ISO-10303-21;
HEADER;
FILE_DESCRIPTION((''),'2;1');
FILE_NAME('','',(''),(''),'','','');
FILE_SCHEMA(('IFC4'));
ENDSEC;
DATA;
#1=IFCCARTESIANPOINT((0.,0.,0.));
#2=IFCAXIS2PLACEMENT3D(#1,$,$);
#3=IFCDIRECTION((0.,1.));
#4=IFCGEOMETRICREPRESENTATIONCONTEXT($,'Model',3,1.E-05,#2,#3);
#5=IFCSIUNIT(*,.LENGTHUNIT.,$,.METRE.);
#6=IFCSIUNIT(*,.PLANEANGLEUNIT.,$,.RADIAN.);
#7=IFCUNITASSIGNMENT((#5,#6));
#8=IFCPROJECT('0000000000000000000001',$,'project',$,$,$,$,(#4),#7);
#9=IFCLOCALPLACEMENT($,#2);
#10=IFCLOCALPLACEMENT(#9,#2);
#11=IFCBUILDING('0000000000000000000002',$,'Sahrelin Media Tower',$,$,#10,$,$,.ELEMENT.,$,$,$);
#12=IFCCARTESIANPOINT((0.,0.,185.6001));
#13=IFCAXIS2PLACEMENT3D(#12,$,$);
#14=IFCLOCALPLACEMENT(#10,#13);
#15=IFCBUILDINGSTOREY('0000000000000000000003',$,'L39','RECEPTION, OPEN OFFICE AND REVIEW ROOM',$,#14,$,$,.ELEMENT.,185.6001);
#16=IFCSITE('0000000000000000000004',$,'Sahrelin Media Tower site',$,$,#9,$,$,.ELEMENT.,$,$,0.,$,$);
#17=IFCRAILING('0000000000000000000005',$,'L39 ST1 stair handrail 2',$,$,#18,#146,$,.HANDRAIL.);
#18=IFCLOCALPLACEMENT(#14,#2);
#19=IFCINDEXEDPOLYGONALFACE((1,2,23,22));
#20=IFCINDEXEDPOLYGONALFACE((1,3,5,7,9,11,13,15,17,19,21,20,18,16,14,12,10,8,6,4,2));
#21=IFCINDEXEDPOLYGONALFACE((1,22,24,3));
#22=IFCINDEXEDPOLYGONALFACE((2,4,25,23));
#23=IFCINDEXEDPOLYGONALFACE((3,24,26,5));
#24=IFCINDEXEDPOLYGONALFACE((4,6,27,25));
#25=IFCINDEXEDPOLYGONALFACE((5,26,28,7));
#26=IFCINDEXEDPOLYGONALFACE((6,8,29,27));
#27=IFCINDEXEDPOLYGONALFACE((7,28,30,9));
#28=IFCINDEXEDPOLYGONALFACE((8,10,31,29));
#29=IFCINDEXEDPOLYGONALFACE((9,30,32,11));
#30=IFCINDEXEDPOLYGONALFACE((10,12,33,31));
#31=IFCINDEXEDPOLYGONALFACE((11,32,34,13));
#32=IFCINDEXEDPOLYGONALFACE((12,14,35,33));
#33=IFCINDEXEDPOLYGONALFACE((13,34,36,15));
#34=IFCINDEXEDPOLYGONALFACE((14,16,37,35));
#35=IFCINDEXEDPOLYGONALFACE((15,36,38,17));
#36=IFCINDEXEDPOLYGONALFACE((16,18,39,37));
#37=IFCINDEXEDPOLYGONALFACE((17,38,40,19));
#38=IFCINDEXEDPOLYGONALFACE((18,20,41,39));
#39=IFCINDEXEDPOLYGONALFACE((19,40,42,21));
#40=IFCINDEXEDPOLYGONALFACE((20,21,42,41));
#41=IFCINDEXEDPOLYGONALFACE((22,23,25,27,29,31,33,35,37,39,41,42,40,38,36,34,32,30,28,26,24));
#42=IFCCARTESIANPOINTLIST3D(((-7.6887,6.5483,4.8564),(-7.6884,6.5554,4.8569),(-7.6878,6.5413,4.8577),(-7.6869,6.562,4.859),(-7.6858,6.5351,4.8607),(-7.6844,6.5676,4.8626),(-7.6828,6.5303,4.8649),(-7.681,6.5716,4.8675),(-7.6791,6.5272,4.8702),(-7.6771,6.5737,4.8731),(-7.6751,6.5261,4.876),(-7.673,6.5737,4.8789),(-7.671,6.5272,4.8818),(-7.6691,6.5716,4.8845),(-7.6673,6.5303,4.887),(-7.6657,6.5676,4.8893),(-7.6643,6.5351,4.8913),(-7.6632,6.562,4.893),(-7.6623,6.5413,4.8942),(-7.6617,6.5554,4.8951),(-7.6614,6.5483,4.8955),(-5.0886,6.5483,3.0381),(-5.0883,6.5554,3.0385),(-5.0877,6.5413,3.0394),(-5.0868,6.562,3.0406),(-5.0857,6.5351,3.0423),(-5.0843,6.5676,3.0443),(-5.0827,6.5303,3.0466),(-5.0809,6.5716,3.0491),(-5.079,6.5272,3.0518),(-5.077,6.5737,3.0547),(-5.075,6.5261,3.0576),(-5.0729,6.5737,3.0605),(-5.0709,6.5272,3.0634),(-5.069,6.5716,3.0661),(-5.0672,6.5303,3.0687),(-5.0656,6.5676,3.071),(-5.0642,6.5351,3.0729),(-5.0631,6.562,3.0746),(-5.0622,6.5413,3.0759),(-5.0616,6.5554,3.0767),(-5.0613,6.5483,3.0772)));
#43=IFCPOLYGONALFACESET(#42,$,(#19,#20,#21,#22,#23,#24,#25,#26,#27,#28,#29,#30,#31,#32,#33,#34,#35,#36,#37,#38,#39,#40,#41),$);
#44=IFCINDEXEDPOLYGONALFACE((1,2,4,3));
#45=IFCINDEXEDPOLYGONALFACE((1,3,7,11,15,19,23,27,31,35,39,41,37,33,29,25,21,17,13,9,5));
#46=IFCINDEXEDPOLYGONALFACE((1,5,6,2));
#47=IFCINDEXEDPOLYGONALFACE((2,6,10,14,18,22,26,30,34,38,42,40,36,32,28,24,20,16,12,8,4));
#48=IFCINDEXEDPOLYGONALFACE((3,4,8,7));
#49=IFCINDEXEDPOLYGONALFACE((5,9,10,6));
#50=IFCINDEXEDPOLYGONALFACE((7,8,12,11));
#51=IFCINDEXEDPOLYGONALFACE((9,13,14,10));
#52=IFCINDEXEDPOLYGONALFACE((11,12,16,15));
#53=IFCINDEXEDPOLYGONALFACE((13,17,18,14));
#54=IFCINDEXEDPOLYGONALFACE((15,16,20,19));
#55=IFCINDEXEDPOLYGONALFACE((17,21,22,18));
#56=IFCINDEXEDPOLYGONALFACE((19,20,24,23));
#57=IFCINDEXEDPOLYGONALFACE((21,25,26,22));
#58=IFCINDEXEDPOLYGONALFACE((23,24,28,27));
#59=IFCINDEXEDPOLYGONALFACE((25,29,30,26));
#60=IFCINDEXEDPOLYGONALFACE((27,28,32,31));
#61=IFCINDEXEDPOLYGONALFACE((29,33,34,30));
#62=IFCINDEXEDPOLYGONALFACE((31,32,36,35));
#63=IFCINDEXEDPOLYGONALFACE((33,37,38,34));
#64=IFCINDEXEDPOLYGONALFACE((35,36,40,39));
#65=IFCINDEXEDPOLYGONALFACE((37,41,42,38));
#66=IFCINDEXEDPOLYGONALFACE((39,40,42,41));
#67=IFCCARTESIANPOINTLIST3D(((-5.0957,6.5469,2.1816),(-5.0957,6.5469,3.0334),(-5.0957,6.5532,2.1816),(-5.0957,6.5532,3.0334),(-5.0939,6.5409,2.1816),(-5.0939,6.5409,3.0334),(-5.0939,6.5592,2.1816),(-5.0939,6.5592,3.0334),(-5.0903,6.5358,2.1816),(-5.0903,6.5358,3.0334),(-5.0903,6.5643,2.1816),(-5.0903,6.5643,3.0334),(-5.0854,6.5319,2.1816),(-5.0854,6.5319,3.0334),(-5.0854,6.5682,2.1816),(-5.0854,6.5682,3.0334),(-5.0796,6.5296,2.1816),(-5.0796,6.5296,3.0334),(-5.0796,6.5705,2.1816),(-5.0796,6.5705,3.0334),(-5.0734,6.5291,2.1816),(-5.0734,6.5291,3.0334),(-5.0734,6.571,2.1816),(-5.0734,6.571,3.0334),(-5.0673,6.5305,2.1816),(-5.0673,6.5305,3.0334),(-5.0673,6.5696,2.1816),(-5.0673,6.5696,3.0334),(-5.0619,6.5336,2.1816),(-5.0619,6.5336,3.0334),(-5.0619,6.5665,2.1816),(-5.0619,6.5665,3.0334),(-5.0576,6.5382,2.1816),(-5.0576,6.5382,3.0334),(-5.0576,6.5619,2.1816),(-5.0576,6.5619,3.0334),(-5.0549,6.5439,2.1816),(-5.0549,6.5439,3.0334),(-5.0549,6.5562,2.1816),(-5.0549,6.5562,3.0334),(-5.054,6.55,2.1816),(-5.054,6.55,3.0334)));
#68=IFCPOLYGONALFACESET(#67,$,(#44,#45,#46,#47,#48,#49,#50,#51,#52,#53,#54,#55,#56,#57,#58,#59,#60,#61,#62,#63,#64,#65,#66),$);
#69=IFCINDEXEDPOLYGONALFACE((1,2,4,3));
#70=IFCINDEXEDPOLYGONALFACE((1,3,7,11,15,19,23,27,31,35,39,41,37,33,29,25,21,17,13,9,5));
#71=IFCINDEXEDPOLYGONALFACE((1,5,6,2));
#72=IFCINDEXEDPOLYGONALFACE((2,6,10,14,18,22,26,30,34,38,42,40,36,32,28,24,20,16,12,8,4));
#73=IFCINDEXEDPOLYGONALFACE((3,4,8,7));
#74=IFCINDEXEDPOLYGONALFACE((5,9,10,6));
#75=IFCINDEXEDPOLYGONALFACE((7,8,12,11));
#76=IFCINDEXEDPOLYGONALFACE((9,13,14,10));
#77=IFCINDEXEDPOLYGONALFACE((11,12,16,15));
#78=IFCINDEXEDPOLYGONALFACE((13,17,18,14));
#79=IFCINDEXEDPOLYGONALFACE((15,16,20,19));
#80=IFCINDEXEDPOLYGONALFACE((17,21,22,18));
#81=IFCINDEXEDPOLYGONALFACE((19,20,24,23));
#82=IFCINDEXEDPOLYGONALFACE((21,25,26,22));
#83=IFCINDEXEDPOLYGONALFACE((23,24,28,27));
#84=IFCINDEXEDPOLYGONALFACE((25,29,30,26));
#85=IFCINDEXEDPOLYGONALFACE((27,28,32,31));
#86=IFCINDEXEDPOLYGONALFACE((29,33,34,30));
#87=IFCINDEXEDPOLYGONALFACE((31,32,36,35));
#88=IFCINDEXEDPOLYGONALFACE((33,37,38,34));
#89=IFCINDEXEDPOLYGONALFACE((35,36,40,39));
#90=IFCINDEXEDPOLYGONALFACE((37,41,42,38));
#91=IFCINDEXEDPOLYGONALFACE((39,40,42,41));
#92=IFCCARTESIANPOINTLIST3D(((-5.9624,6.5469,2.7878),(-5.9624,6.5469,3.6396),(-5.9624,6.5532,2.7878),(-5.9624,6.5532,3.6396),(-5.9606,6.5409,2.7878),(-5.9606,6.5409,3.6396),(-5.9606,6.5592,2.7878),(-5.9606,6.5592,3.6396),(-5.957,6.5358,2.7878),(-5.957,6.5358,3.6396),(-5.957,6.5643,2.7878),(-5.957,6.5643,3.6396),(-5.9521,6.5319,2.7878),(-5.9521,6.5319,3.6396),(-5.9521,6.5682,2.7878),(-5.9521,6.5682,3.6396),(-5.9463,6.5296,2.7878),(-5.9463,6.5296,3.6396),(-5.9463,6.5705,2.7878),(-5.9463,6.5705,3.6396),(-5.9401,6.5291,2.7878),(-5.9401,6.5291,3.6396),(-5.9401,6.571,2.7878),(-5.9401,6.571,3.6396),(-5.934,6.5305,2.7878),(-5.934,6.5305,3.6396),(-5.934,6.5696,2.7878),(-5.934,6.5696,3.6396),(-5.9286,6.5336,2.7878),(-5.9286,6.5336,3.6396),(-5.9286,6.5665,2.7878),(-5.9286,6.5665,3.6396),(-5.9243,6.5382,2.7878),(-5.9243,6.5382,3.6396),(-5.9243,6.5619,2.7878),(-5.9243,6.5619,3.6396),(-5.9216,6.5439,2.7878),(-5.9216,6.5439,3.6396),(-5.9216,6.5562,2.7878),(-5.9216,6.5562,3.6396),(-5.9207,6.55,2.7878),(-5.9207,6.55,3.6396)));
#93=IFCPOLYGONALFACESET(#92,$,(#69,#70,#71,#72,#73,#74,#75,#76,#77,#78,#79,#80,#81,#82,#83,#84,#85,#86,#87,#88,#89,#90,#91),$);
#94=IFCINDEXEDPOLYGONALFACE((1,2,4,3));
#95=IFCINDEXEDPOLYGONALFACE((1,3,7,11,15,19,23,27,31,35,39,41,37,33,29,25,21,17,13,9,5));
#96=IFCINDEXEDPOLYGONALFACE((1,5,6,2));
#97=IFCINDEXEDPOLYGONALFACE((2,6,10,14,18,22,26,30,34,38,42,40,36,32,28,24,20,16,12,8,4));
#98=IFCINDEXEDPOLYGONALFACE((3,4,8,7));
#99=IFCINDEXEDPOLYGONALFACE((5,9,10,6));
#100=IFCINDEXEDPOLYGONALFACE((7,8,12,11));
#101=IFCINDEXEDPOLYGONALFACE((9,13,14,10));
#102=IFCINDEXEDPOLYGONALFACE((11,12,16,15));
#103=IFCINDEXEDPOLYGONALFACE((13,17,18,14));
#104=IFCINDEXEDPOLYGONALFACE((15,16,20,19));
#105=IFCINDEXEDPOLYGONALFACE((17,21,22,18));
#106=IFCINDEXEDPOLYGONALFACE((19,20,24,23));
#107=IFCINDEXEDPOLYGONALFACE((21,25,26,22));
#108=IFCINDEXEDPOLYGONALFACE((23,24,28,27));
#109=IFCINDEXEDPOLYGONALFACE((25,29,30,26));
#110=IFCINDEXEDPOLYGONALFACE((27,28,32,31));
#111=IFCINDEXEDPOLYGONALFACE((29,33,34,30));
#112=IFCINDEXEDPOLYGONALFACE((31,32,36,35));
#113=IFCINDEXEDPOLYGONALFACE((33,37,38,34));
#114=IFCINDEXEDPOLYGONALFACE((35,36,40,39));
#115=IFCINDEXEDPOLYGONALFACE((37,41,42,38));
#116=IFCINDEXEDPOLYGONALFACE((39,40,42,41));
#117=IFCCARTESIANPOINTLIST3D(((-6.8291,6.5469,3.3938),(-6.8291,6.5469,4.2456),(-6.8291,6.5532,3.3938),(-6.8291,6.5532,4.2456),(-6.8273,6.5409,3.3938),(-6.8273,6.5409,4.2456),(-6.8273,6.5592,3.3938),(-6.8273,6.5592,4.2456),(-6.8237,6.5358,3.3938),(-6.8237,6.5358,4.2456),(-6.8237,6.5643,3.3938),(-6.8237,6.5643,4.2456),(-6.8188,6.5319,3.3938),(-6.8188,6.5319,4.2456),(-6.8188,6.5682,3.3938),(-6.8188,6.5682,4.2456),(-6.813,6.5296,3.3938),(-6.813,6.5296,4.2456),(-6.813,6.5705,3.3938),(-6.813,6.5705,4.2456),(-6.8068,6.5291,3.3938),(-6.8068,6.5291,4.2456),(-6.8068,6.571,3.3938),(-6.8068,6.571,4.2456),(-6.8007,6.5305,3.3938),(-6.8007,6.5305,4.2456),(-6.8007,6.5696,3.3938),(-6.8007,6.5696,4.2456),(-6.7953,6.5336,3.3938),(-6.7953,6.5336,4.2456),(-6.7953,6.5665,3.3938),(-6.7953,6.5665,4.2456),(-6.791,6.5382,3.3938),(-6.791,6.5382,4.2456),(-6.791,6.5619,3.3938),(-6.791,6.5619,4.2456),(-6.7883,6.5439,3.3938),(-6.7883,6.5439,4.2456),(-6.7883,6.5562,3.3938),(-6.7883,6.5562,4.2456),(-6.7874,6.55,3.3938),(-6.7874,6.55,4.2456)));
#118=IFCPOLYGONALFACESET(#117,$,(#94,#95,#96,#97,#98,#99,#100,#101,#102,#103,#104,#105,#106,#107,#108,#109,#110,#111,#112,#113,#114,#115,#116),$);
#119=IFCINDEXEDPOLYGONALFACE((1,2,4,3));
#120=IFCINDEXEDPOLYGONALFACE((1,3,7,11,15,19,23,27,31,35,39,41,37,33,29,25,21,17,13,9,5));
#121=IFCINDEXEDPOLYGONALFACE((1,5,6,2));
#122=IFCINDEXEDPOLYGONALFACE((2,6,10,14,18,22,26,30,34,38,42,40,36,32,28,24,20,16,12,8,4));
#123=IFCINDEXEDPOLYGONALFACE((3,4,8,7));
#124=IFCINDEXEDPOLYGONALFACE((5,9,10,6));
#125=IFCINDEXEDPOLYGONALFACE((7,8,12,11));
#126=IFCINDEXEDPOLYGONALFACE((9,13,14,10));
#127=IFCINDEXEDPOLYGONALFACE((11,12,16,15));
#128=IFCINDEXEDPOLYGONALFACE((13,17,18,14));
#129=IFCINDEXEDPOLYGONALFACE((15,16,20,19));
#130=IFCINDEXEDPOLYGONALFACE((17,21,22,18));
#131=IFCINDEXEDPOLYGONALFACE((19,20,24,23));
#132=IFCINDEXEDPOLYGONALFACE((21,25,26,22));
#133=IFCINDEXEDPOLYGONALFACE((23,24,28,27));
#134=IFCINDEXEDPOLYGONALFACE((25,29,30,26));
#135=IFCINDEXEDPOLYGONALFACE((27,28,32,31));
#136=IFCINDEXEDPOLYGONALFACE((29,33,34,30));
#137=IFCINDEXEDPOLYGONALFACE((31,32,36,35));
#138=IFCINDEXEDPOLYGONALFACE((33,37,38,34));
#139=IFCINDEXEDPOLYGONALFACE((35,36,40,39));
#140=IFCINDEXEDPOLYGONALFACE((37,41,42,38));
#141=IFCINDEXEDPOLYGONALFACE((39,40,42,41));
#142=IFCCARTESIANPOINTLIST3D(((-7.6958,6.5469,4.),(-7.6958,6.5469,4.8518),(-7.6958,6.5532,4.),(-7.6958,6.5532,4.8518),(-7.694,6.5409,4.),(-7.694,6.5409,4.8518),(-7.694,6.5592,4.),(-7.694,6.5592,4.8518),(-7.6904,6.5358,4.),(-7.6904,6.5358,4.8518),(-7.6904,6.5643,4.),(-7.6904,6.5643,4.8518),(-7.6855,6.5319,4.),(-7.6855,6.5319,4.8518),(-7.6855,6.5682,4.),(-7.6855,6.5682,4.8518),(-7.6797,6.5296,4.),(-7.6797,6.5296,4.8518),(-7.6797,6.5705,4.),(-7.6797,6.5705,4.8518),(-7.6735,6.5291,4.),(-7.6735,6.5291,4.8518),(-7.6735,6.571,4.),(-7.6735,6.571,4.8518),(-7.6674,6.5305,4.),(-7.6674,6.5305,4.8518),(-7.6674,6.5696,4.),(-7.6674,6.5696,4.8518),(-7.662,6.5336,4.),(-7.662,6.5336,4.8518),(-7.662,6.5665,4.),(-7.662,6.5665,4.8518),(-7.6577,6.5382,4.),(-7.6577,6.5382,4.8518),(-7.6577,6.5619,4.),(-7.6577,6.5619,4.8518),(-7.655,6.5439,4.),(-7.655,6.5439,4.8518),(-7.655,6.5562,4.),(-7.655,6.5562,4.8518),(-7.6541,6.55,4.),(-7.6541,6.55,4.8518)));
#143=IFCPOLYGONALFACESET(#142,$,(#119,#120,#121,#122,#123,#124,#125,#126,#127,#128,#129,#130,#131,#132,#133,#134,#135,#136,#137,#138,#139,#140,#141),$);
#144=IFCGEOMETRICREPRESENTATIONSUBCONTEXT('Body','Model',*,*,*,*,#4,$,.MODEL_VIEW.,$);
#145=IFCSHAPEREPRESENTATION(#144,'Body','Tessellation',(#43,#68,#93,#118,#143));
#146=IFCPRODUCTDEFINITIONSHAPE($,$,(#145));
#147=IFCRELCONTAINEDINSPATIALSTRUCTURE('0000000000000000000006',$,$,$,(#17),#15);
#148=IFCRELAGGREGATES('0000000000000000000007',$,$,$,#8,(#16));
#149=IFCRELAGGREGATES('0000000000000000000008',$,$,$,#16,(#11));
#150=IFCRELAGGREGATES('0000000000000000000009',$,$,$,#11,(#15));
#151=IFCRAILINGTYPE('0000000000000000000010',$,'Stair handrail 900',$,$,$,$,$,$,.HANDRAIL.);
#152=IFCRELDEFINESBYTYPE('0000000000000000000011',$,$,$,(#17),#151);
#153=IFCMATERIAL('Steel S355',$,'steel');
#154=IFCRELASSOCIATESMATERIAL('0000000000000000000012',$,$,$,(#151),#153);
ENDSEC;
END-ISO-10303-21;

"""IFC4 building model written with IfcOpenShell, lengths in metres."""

from ifc_helpers import new_model, si_unit, direction, frame, origin, origin_2d, place, context, subcontext, project, spatial, circle, extrude, material, type_object, element, save


model = new_model("IFC4")

# Units and contexts
model_context = context("Model", 3, precision=1e-05, world=origin(), true_north=direction((0.0, 1.0)))
body_context = subcontext(model_context, "Body", "Model", "MODEL_VIEW")
ifc_project = project(units=[si_unit("LENGTHUNIT", "METRE"), si_unit("PLANEANGLEUNIT", "RADIAN")], contexts=[model_context])

# Site, building, storey
site_placement = place(None, origin())
site = spatial("IfcSite", under=ifc_project, at=site_placement, Name="Sahrelin Media Tower site", CompositionType="ELEMENT", RefElevation=0.0)
building_placement = place(site_placement, origin())
building = spatial("IfcBuilding", under=site, at=building_placement, Name="Sahrelin Media Tower", CompositionType="ELEMENT")
storey_placement = place(building_placement, frame((0.0, 0.0, 185.6001)))
storey = spatial("IfcBuildingStorey", under=building, at=storey_placement, Name="L39", Description="RECEPTION, OPEN OFFICE AND REVIEW ROOM", CompositionType="ELEMENT", Elevation=185.6001)

# Shared definitions
ifc_material_1 = material(Name="Steel S355", Category="steel")

# Railing
railing_type_1 = type_object("IfcRailingType", Name="Stair handrail 900", PredefinedType="HANDRAIL", material=ifc_material_1)
railing_1_placement = place(storey_placement, frame((-5.075, 6.55, 2.1816)))
element("IfcRailing", 1, at=railing_1_placement, inside=storey, type_object=railing_type_1, Name="L39 ST1 stair handrail 2", PredefinedType="HANDRAIL", context=body_context, shape_type="SweptSolid", body=[
    extrude(circle(Radius=0.0239, at=origin_2d()), frame((0.0, 0.0, 0.876), z_axis=(-0.819485, 0.0, 0.573101), x_axis=(0.0, -1.0, 0.0)), (0.0, 0.0, 1.0), 3.1729),
    extrude(circle(Radius=0.021, at=origin_2d()), origin(), (0.0, 0.0, 1.0), 0.8518),
    extrude(circle(Radius=0.021, at=origin_2d()), frame((-0.8667, 0.0, 0.6062)), (0.0, 0.0, 1.0), 0.8518),
    extrude(circle(Radius=0.021, at=origin_2d()), frame((-1.7334, 0.0, 1.2122)), (0.0, 0.0, 1.0), 0.8518),
    extrude(circle(Radius=0.021, at=origin_2d()), frame((-2.6001, 0.0, 1.8184)), (0.0, 0.0, 1.0), 0.8518),
])

save(model, "model.ifc")
